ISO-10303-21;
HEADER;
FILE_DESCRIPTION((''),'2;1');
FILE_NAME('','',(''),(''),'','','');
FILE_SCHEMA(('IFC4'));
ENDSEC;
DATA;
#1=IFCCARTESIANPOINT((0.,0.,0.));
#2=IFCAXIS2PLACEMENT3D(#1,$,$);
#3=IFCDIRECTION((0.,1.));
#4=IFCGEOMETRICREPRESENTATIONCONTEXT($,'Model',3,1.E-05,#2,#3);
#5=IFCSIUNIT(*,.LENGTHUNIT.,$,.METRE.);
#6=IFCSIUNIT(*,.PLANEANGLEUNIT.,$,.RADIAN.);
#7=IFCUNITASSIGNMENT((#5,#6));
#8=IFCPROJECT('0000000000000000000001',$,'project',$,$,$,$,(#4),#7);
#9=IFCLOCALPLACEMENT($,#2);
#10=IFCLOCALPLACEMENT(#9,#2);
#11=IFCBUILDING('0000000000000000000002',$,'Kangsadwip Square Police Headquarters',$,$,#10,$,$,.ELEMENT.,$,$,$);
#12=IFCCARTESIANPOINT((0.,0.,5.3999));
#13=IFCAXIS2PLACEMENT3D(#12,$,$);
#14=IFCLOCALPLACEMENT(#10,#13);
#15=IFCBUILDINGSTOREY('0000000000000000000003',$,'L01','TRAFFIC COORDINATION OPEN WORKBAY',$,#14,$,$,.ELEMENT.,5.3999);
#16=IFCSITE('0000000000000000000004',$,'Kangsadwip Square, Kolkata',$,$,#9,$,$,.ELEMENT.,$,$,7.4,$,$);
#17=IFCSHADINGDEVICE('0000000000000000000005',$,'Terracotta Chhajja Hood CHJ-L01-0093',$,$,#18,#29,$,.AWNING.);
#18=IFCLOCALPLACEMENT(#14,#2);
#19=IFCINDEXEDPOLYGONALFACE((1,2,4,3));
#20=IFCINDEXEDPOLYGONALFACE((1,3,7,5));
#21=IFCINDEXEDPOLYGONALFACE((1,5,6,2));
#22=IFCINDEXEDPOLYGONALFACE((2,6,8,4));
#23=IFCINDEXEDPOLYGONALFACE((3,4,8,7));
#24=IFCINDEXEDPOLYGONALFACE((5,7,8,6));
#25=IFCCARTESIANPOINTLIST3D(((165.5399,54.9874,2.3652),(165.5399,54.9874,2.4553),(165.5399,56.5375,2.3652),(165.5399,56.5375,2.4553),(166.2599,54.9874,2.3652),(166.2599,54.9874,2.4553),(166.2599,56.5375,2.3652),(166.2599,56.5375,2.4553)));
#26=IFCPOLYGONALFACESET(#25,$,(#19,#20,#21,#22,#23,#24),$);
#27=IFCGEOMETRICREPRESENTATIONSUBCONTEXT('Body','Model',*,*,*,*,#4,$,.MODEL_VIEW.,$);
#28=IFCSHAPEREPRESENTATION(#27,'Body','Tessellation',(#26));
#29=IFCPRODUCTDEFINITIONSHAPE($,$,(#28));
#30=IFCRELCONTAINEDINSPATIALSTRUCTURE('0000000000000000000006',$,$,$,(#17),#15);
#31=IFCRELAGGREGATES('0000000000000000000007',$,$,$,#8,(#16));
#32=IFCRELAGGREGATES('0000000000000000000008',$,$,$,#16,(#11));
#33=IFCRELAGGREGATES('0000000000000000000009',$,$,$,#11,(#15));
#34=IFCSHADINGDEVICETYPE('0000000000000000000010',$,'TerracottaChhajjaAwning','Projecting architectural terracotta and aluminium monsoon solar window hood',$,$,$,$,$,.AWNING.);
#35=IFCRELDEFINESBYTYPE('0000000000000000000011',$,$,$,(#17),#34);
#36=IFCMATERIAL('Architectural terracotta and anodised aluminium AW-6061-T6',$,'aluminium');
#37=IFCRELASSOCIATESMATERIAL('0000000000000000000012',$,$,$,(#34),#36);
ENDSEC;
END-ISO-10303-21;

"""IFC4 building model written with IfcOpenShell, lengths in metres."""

from ifc_helpers import new_model, si_unit, direction, frame, origin, origin_2d, place, context, subcontext, project, spatial, rectangle, extrude, material, type_object, element, save


model = new_model("IFC4")

# Units and contexts
model_context = context("Model", 3, precision=1e-05, world=origin(), true_north=direction((0.0, 1.0)))
body_context = subcontext(model_context, "Body", "Model", "MODEL_VIEW")
ifc_project = project(units=[si_unit("LENGTHUNIT", "METRE"), si_unit("PLANEANGLEUNIT", "RADIAN")], contexts=[model_context])

# Site, building, storey
site_placement = place(None, origin())
site = spatial("IfcSite", under=ifc_project, at=site_placement, Name="Kangsadwip Square, Kolkata", CompositionType="ELEMENT", RefElevation=7.4)
building_placement = place(site_placement, origin())
building = spatial("IfcBuilding", under=site, at=building_placement, Name="Kangsadwip Square Police Headquarters", CompositionType="ELEMENT")
storey_placement = place(building_placement, frame((0.0, 0.0, 5.3999)))
storey = spatial("IfcBuildingStorey", under=building, at=storey_placement, Name="L01", Description="TRAFFIC COORDINATION OPEN WORKBAY", CompositionType="ELEMENT", Elevation=5.3999)

# Shading device
ifc_material_1 = material(Name="Architectural terracotta and anodised aluminium AW-6061-T6", Category="aluminium")
shading_device_type = type_object("IfcShadingDeviceType", Name="TerracottaChhajjaAwning", Description="Projecting architectural terracotta and aluminium monsoon solar window hood", PredefinedType="AWNING", material=ifc_material_1)
for number, where, z_axis, x_axis, name in (
    (1, (165.8999, 55.7625, 2.3652), (0.0, 0.0, 1.0), (0.0, 1.0, 0.0), "Terracotta Chhajja Hood CHJ-L01-0093"),
):
    element("IfcShadingDevice", number, at=place(storey_placement, frame(where, z_axis=z_axis, x_axis=x_axis)), inside=storey, type_object=shading_device_type, Name=name, PredefinedType="AWNING", context=body_context, shape_type="SweptSolid", body=[
        extrude(rectangle(XDim=1.55, YDim=0.72, at=origin_2d()), origin(), (0.0, 0.0, 1.0), 0.0901),
    ])

save(model, "model.ifc")
